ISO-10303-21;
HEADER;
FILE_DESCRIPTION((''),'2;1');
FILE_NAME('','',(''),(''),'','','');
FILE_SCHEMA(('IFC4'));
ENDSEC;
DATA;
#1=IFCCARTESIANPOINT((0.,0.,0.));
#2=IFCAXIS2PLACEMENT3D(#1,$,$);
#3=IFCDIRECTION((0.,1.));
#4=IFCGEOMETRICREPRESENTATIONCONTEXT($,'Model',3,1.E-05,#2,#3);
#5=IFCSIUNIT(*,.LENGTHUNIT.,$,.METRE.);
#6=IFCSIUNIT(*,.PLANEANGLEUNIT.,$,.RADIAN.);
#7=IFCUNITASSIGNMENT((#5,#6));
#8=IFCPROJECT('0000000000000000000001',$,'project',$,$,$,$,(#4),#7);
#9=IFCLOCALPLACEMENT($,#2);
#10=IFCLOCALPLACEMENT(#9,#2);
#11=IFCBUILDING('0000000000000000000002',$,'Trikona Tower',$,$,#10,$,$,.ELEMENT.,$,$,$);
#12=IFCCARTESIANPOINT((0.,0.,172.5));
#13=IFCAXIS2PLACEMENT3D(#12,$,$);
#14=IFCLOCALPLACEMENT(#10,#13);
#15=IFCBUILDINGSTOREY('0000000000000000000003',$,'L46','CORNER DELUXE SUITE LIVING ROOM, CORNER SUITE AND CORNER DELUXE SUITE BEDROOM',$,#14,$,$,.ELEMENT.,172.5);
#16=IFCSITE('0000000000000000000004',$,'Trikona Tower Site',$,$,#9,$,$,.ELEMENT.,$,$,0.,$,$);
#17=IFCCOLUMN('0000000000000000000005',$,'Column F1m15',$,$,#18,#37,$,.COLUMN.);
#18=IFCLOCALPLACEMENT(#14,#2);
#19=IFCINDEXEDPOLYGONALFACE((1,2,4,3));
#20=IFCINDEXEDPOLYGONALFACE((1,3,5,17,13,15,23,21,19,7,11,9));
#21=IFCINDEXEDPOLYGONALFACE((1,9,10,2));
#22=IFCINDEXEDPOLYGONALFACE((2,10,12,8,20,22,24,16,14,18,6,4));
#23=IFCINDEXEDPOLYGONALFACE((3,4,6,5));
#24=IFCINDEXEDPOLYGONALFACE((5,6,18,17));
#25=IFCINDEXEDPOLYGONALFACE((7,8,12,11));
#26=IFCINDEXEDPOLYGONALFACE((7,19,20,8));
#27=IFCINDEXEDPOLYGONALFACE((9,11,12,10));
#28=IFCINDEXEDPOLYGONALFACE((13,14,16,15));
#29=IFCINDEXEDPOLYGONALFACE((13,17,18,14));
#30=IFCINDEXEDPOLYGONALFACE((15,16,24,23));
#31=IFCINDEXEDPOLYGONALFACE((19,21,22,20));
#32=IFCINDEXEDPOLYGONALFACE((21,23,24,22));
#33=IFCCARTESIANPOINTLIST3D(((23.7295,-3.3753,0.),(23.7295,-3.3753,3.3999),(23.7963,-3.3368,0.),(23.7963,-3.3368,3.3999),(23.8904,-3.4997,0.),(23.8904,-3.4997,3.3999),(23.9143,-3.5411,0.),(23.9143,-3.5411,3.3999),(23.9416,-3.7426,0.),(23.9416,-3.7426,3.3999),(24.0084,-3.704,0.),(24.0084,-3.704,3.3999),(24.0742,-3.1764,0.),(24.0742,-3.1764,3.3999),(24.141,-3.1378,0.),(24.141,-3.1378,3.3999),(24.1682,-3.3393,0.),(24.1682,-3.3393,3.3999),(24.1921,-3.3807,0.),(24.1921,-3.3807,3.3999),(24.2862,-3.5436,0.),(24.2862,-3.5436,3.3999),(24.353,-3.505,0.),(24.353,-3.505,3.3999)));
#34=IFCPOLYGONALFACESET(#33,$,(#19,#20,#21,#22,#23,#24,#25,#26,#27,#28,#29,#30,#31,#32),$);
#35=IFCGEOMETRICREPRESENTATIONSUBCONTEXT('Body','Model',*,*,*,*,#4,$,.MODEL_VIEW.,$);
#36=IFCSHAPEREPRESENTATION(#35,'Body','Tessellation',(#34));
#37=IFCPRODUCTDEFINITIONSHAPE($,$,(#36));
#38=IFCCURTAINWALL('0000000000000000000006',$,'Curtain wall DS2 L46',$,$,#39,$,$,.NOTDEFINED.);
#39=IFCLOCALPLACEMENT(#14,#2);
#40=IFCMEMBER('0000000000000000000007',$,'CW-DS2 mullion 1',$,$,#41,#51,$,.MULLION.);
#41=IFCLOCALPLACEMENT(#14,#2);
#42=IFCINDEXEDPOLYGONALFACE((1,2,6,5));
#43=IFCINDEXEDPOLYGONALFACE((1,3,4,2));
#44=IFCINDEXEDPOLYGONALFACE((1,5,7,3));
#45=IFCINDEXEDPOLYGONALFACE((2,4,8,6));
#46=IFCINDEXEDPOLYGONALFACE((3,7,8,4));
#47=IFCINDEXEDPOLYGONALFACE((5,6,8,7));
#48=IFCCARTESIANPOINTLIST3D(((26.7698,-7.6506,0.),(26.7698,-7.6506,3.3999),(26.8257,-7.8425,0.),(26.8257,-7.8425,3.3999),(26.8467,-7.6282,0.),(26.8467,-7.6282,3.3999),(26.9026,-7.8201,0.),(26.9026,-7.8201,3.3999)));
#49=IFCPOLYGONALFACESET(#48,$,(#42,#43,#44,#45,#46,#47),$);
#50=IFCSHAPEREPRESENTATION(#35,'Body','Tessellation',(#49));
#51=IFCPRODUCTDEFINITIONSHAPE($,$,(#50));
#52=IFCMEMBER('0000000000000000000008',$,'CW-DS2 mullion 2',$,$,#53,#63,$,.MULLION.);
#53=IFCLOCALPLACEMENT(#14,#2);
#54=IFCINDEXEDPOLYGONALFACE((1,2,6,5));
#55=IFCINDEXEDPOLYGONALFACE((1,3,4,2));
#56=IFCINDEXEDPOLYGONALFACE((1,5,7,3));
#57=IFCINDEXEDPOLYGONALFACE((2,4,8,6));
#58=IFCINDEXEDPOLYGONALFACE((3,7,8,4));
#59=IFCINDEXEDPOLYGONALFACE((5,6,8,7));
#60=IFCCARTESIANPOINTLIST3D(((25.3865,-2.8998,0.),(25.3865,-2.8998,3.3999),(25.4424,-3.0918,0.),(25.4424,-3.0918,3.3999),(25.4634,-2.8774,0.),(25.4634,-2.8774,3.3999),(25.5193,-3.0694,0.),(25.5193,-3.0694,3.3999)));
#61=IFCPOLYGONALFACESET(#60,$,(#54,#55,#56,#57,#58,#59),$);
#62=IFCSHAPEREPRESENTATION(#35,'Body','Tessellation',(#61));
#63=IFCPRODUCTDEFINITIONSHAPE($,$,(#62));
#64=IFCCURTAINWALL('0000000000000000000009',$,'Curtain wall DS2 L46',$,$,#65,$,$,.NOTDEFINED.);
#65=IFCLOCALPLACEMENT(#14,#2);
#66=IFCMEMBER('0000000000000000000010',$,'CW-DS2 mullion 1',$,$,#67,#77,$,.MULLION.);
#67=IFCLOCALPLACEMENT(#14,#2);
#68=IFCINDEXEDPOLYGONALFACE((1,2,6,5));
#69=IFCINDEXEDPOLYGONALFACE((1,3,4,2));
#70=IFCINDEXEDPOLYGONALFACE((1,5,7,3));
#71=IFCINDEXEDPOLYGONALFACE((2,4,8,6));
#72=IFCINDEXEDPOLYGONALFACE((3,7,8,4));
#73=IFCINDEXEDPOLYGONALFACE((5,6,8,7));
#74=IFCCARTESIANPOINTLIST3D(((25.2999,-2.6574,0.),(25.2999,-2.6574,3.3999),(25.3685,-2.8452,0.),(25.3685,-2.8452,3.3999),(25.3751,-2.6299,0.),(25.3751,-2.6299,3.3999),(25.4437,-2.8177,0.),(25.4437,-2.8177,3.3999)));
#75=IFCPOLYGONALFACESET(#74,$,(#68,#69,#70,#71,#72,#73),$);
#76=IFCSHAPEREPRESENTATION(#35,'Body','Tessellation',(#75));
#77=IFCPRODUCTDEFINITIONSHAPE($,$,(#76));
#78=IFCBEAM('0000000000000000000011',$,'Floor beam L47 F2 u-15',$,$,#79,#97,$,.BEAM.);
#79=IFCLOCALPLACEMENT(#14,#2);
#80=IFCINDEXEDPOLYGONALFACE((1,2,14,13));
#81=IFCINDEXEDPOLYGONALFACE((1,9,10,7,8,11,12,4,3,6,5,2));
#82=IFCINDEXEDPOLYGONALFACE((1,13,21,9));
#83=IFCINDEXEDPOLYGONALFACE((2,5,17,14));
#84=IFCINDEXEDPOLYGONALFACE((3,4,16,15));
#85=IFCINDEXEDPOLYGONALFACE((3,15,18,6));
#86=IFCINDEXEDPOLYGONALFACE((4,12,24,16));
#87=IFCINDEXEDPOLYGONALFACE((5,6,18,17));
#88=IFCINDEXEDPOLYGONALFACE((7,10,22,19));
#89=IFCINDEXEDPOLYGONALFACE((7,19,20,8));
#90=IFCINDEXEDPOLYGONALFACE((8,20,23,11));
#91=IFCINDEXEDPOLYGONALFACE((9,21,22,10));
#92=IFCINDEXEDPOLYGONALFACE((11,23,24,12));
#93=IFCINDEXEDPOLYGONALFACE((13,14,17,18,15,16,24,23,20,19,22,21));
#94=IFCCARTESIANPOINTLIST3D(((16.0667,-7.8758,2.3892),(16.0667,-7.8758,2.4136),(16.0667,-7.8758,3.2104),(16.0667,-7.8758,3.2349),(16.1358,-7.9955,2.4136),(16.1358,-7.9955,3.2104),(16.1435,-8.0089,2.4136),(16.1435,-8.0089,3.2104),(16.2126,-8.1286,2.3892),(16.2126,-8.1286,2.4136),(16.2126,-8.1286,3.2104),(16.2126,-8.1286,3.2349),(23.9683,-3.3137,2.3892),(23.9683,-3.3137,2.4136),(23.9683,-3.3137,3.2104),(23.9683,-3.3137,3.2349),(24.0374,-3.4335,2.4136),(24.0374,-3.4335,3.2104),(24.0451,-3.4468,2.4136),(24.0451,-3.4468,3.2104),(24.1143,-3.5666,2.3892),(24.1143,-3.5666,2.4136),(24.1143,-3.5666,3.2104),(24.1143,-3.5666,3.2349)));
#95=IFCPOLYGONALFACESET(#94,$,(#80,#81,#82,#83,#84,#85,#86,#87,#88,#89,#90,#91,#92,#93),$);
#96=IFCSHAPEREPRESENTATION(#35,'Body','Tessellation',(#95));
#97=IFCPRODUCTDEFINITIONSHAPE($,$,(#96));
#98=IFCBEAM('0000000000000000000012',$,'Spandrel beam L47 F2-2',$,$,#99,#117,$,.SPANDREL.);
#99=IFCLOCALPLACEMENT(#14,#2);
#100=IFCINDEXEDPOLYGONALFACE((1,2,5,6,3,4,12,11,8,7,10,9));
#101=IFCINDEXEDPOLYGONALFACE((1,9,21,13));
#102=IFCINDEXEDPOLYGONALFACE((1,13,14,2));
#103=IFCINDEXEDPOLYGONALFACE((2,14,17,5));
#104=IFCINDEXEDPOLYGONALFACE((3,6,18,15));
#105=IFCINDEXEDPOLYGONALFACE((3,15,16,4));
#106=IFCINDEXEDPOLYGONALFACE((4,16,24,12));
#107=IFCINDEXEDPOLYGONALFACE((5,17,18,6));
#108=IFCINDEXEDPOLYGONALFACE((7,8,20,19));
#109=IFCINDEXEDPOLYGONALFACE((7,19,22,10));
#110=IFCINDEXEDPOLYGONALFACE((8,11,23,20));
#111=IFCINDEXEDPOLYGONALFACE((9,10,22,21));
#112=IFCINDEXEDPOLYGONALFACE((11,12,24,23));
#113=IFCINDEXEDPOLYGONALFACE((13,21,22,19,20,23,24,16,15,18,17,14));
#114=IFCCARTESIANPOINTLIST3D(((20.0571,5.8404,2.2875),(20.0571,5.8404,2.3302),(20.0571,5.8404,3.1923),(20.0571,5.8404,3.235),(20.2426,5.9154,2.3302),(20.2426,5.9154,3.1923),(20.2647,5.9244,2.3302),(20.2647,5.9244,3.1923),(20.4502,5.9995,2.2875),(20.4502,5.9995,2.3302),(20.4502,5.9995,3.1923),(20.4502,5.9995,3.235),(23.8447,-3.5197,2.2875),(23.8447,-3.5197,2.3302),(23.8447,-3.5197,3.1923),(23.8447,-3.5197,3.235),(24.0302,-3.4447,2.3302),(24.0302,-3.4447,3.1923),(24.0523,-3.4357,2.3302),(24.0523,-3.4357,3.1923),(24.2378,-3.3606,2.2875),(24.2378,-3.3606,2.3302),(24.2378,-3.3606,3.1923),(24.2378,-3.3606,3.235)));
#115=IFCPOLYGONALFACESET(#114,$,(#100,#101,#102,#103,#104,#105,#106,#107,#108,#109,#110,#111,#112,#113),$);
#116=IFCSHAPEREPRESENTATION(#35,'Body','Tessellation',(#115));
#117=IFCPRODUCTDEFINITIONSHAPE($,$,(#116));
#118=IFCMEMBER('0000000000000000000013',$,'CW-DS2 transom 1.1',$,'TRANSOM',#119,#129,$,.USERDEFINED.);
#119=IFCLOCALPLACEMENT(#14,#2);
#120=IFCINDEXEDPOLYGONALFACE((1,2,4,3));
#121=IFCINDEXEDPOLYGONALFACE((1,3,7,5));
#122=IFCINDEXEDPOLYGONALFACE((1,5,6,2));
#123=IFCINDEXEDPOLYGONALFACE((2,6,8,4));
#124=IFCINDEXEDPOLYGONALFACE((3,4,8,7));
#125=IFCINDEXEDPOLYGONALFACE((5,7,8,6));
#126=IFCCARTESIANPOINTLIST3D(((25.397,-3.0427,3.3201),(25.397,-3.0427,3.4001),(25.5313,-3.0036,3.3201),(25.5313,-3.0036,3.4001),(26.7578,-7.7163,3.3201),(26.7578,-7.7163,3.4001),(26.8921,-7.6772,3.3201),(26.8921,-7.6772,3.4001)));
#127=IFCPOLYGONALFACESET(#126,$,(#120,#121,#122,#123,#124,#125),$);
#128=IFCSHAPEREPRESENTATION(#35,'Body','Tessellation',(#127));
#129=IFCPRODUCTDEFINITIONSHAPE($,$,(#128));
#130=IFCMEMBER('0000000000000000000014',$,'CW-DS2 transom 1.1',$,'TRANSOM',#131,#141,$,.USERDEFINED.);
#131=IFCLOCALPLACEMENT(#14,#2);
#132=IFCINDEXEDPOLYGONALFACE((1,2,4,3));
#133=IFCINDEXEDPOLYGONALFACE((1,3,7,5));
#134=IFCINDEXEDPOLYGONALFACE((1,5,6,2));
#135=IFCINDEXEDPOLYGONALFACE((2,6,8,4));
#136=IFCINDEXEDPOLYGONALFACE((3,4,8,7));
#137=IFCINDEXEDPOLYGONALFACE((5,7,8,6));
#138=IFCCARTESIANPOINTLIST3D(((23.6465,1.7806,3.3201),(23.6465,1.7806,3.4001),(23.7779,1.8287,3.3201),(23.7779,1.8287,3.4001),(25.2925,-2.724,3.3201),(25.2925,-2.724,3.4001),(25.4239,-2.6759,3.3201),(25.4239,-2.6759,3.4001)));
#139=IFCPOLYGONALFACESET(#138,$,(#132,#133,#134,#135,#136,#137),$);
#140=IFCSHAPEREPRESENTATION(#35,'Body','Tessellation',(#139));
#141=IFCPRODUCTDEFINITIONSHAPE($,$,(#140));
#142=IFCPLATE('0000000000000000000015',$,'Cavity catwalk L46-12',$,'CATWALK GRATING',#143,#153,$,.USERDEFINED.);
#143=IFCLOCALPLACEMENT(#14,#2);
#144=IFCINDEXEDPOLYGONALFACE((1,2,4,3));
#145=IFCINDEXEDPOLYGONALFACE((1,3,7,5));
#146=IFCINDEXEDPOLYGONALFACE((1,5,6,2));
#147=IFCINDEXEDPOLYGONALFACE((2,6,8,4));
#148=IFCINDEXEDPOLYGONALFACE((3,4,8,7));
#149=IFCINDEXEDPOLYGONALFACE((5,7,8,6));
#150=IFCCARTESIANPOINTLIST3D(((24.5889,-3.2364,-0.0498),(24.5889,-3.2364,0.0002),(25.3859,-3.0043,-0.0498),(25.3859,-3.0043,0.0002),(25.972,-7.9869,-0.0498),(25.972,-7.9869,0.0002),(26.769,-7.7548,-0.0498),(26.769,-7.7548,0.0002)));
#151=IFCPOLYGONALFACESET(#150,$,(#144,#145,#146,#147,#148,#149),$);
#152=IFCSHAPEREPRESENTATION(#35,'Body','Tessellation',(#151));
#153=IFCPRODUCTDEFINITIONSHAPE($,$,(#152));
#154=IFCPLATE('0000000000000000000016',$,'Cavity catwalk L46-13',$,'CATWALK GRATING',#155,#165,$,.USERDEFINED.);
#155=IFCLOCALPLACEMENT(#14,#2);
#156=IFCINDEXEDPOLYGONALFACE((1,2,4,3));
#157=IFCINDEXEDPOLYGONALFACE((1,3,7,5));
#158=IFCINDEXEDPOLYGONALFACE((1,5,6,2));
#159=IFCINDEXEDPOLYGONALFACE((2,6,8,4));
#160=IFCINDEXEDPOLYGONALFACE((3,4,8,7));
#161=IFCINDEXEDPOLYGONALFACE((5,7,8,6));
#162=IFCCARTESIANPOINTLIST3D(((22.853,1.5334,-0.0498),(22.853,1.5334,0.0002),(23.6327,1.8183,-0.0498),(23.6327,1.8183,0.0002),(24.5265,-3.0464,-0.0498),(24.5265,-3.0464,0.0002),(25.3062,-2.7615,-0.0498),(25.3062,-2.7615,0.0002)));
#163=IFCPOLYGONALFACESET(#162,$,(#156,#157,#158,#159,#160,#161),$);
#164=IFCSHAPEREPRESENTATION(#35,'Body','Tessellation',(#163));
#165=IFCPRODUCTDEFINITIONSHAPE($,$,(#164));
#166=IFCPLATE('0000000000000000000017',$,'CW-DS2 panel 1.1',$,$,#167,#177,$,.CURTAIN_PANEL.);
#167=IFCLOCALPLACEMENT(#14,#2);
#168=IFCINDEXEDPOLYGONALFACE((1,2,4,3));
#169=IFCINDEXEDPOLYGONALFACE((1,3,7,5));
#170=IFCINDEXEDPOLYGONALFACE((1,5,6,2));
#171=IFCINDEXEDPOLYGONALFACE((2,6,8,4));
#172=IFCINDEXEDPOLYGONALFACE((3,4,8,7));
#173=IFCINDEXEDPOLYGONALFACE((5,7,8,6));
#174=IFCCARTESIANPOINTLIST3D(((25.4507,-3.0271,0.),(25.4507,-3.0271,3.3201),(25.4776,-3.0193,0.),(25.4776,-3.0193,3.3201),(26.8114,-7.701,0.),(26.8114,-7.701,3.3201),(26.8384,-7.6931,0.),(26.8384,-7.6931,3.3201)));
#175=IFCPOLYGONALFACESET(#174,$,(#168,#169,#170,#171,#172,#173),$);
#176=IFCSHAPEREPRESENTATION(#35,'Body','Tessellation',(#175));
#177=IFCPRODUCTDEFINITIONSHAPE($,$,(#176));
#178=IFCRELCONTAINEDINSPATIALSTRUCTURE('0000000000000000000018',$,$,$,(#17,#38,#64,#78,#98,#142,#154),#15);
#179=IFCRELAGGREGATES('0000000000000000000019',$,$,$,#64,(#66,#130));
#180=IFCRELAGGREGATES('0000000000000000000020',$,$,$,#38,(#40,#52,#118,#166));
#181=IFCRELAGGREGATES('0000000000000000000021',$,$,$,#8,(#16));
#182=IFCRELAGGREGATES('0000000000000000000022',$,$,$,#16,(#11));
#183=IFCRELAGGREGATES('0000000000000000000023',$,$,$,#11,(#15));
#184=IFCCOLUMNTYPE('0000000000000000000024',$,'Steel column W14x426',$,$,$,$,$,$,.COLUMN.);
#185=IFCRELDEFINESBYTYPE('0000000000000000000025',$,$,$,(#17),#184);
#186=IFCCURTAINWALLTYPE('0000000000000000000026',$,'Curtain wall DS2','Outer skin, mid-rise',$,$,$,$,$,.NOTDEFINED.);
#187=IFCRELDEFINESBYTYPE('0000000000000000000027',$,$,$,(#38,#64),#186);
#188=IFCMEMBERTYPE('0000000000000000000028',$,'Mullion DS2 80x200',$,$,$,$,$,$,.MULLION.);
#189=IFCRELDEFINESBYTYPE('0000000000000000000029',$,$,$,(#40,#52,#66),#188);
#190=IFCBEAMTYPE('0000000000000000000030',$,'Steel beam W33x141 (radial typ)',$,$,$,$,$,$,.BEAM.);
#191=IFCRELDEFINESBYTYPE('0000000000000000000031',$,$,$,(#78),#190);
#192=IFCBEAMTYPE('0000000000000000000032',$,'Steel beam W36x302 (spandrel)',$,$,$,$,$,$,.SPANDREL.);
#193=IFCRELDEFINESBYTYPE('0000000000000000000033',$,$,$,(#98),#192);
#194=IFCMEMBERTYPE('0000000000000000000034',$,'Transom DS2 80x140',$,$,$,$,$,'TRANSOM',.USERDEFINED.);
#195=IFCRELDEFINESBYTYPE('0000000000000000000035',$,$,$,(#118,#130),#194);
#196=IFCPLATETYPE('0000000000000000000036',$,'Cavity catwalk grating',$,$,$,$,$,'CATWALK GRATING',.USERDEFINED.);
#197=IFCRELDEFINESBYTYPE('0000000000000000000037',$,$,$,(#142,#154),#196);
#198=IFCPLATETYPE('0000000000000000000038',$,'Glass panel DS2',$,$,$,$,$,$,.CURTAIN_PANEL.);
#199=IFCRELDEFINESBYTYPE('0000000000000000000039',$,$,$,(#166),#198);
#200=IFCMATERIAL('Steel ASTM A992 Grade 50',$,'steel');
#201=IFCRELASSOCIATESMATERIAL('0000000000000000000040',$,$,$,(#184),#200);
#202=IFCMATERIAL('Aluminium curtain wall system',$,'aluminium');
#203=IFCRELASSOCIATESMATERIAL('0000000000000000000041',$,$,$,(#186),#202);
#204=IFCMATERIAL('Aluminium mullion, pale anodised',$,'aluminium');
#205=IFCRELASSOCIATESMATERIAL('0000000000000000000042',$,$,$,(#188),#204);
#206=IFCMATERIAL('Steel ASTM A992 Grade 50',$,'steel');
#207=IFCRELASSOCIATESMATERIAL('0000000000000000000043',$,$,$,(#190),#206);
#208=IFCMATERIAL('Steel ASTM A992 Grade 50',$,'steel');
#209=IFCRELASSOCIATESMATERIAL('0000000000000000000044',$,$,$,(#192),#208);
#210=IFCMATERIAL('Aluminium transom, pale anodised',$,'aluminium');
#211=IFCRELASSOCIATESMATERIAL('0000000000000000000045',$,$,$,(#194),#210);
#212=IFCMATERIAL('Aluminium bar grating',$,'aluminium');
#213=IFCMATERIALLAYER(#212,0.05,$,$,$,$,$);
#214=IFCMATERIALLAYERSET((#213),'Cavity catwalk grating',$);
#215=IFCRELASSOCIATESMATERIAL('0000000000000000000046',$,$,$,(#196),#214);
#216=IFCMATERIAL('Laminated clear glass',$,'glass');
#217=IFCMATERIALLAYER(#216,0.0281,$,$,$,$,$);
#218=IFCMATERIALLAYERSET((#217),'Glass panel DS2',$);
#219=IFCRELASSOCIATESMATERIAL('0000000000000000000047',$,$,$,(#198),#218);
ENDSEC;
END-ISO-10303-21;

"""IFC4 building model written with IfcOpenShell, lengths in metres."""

from ifc_helpers import new_model, si_unit, direction, frame, origin, origin_2d, place, context, subcontext, project, spatial, rectangle, i_section, extrude, material, layer, layer_set, material_profile, profile_set, type_object, element, aggregate, save


model = new_model("IFC4")

# Units and contexts
model_context = context("Model", 3, precision=1e-05, world=origin(), true_north=direction((0.0, 1.0)))
body_context = subcontext(model_context, "Body", "Model", "MODEL_VIEW")
ifc_project = project(units=[si_unit("LENGTHUNIT", "METRE"), si_unit("PLANEANGLEUNIT", "RADIAN")], contexts=[model_context])

# Site, building, storey
site_placement = place(None, origin())
site = spatial("IfcSite", under=ifc_project, at=site_placement, Name="Trikona Tower Site", CompositionType="ELEMENT", RefElevation=0.0)
building_placement = place(site_placement, origin())
building = spatial("IfcBuilding", under=site, at=building_placement, Name="Trikona Tower", CompositionType="ELEMENT")
storey_placement = place(building_placement, frame((0.0, 0.0, 172.5)))
storey = spatial("IfcBuildingStorey", under=building, at=storey_placement, Name="L46", Description="CORNER DELUXE SUITE LIVING ROOM, CORNER SUITE AND CORNER DELUXE SUITE BEDROOM", CompositionType="ELEMENT", Elevation=172.5)

# Column
ifc_material_1 = material(Name="Steel ASTM A992 Grade 50", Category="steel")
ifc_material_profile_1 = material_profile(ifc_material_1, i_section(OverallWidth=0.4241, OverallDepth=0.4751, WebThickness=0.0479, FlangeThickness=0.0771, at=origin_2d()), Name="W14X426")
ifc_profile_set_1 = profile_set([ifc_material_profile_1], Name="Steel ASTM A992 Grade 50")
column_type = type_object("IfcColumnType", Name="Steel column W14x426", PredefinedType="COLUMN", material=ifc_profile_set_1)
column_placement = place(storey_placement, frame((24.0413, -3.4402, 0.0), z_axis=(0.0, 0.0, 1.0), x_axis=(-0.5, 0.866025, 0.0)))
element("IfcColumn", 1, at=column_placement, inside=storey, type_object=column_type, Name="Column F1m15", PredefinedType="COLUMN", context=body_context, shape_type="SweptSolid", body=[
    extrude(i_section(OverallWidth=0.4241, OverallDepth=0.4751, WebThickness=0.0479, FlangeThickness=0.0771, at=origin_2d()), origin(), (0.0, 0.0, 1.0), 3.3999),
])

# Curtain wall, members
ifc_material_2 = material(Name="Aluminium curtain wall system", Category="aluminium")
curtain_wall_type = type_object("IfcCurtainWallType", Name="Curtain wall DS2", Description="Outer skin, mid-rise", PredefinedType="NOTDEFINED", material=ifc_material_2)
curtain_wall_1_placement = place(storey_placement, origin())
curtain_wall_1 = element("IfcCurtainWall", 2, at=curtain_wall_1_placement, inside=storey, type_object=curtain_wall_type, Name="Curtain wall DS2 L46", PredefinedType="NOTDEFINED")
ifc_material_3 = material(Name="Aluminium mullion, pale anodised", Category="aluminium")
ifc_material_profile_2 = material_profile(ifc_material_3, rectangle(XDim=0.0801, YDim=0.2, at=origin_2d()), Name="MUL-DS2")
ifc_profile_set_2 = profile_set([ifc_material_profile_2], Name="Aluminium mullion, pale anodised")
member_type_1 = type_object("IfcMemberType", Name="Mullion DS2 80x200", PredefinedType="MULLION", material=ifc_profile_set_2)
member_1_placement = place(storey_placement, frame((26.8362, -7.7354, 0.0), z_axis=(0.0, 0.0, 1.0), x_axis=(-0.960133, -0.279543, 0.0)))
member_1 = element("IfcMember", 3, at=member_1_placement, type_object=member_type_1, Name="CW-DS2 mullion 1", PredefinedType="MULLION", context=body_context, shape_type="SweptSolid", body=[
    extrude(rectangle(XDim=0.0801, YDim=0.2, at=origin_2d()), origin(), (0.0, 0.0, 1.0), 3.3999),
])
member_2_placement = place(storey_placement, frame((25.4529, -2.9846, 0.0), z_axis=(0.0, 0.0, 1.0), x_axis=(-0.960133, -0.279543, 0.0)))
member_2 = element("IfcMember", 4, at=member_2_placement, type_object=member_type_1, Name="CW-DS2 mullion 2", PredefinedType="MULLION", context=body_context, shape_type="SweptSolid", body=[
    extrude(rectangle(XDim=0.0801, YDim=0.2, at=origin_2d()), origin(), (0.0, 0.0, 1.0), 3.3999),
])

# Curtain wall, member
curtain_wall_2_placement = place(storey_placement, origin())
curtain_wall_2 = element("IfcCurtainWall", 5, at=curtain_wall_2_placement, inside=storey, type_object=curtain_wall_type, Name="Curtain wall DS2 L46", PredefinedType="NOTDEFINED")
member_3_placement = place(storey_placement, frame((25.3718, -2.7375, 0.0), z_axis=(0.0, 0.0, 1.0), x_axis=(-0.939254, -0.343223, 0.0)))
member_3 = element("IfcMember", 6, at=member_3_placement, type_object=member_type_1, Name="CW-DS2 mullion 1", PredefinedType="MULLION", context=body_context, shape_type="SweptSolid", body=[
    extrude(rectangle(XDim=0.0801, YDim=0.2, at=origin_2d()), origin(), (0.0, 0.0, 1.0), 3.3999),
])

# Beams
ifc_material_4 = material(Name="Steel ASTM A992 Grade 50", Category="steel")
ifc_material_profile_3 = material_profile(ifc_material_4, i_section(OverallWidth=0.292, OverallDepth=0.8457, WebThickness=0.0154, FlangeThickness=0.0244, at=origin_2d()), Name="W33X141")
ifc_profile_set_3 = profile_set([ifc_material_profile_3], Name="Steel ASTM A992 Grade 50")
beam_type_1 = type_object("IfcBeamType", Name="Steel beam W33x141 (radial typ)", PredefinedType="BEAM", material=ifc_profile_set_3)
beam_1_placement = place(storey_placement, frame((16.1396, -8.0022, 2.812), z_axis=(0.866025, 0.500001, 0.0), x_axis=(-0.500001, 0.866025, 0.0)))
element("IfcBeam", 7, at=beam_1_placement, inside=storey, type_object=beam_type_1, Name="Floor beam L47 F2 u-15", PredefinedType="BEAM", context=body_context, shape_type="SweptSolid", body=[
    extrude(i_section(OverallWidth=0.292, OverallDepth=0.8457, WebThickness=0.0154, FlangeThickness=0.0244, at=origin_2d()), origin(), (0.0, 0.0, 1.0), 9.124),
])
ifc_material_5 = material(Name="Steel ASTM A992 Grade 50", Category="steel")
ifc_material_profile_4 = material_profile(ifc_material_5, i_section(OverallWidth=0.4241, OverallDepth=0.9475, WebThickness=0.0239, FlangeThickness=0.0427, at=origin_2d()), Name="W36X302")
ifc_profile_set_4 = profile_set([ifc_material_profile_4], Name="Steel ASTM A992 Grade 50")
beam_type_2 = type_object("IfcBeamType", Name="Steel beam W36x302 (spandrel)", PredefinedType="SPANDREL", material=ifc_profile_set_4)
beam_2_placement = place(storey_placement, frame((24.0413, -3.4402, 2.7612), z_axis=(-0.375106, 0.926982, 0.0), x_axis=(-0.926982, -0.375106, 0.0)))
element("IfcBeam", 8, at=beam_2_placement, inside=storey, type_object=beam_type_2, Name="Spandrel beam L47 F2-2", PredefinedType="SPANDREL", context=body_context, shape_type="SweptSolid", body=[
    extrude(i_section(OverallWidth=0.4241, OverallDepth=0.9475, WebThickness=0.0239, FlangeThickness=0.0427, at=origin_2d()), origin(), (0.0, 0.0, 1.0), 10.0974),
])

# Members
ifc_material_6 = material(Name="Aluminium transom, pale anodised", Category="aluminium")
ifc_material_profile_5 = material_profile(ifc_material_6, rectangle(XDim=0.1399, YDim=0.0801, at=origin_2d()), Name="TRN-DS2")
ifc_profile_set_5 = profile_set([ifc_material_profile_5], Name="Aluminium transom, pale anodised")
member_type_2 = type_object("IfcMemberType", Name="Transom DS2 80x140", ElementType="TRANSOM", PredefinedType="USERDEFINED", material=ifc_profile_set_5)
member_4_placement = place(storey_placement, frame((26.825, -7.6968, 3.3601), z_axis=(-0.279567, 0.960126, 0.0), x_axis=(-0.960126, -0.279567, 0.0)))
member_4 = element("IfcMember", 9, at=member_4_placement, type_object=member_type_2, Name="CW-DS2 transom 1.1", ObjectType="TRANSOM", PredefinedType="USERDEFINED", context=body_context, shape_type="SweptSolid", body=[
    extrude(rectangle(XDim=0.1399, YDim=0.0801, at=origin_2d()), origin(), (0.0, 0.0, 1.0), 4.8677),
])
member_5_placement = place(storey_placement, frame((25.3582, -2.7, 3.3601), z_axis=(-0.343206, 0.93926, 0.0), x_axis=(-0.93926, -0.343206, 0.0)))
member_5 = element("IfcMember", 10, at=member_5_placement, type_object=member_type_2, Name="CW-DS2 transom 1.1", ObjectType="TRANSOM", PredefinedType="USERDEFINED", context=body_context, shape_type="SweptSolid", body=[
    extrude(rectangle(XDim=0.1399, YDim=0.0801, at=origin_2d()), origin(), (0.0, 0.0, 1.0), 4.7959),
])
aggregate(curtain_wall_2, [member_3, member_5])

# Plates
ifc_material_7 = material(Name="Aluminium bar grating", Category="aluminium")
ifc_layer_1 = layer(ifc_material_7, 0.05)
ifc_layer_set_1 = layer_set([ifc_layer_1], Name="Cavity catwalk grating")
plate_type_1 = type_object("IfcPlateType", Name="Cavity catwalk grating", ElementType="CATWALK GRATING", PredefinedType="USERDEFINED", material=ifc_layer_set_1)
plate_1_placement = place(storey_placement, frame((25.679, -5.4956, -0.0498), z_axis=(0.0, 0.0, 1.0), x_axis=(-0.279554, 0.96013, 0.0)))
element("IfcPlate", 11, at=plate_1_placement, inside=storey, type_object=plate_type_1, Name="Cavity catwalk L46-12", ObjectType="CATWALK GRATING", PredefinedType="USERDEFINED", context=body_context, shape_type="SweptSolid", body=[
    extrude(rectangle(XDim=4.9478, YDim=0.8301, at=origin_2d()), origin(), (0.0, 0.0, 1.0), 0.05),
])
plate_2_placement = place(storey_placement, frame((24.0796, -0.614, -0.0498), z_axis=(0.0, 0.0, 1.0), x_axis=(-0.34322, 0.939255, 0.0)))
element("IfcPlate", 12, at=plate_2_placement, inside=storey, type_object=plate_type_1, Name="Cavity catwalk L46-13", ObjectType="CATWALK GRATING", PredefinedType="USERDEFINED", context=body_context, shape_type="SweptSolid", body=[
    extrude(rectangle(XDim=4.876, YDim=0.8301, at=origin_2d()), origin(), (0.0, 0.0, 1.0), 0.05),
])

# Plate
ifc_material_8 = material(Name="Laminated clear glass", Category="glass")
ifc_layer_2 = layer(ifc_material_8, 0.0281)
ifc_layer_set_2 = layer_set([ifc_layer_2], Name="Glass panel DS2")
plate_type_2 = type_object("IfcPlateType", Name="Glass panel DS2", PredefinedType="CURTAIN_PANEL", material=ifc_layer_set_2)
plate_3_placement = place(storey_placement, frame((26.1445, -5.3601, 0.0), z_axis=(0.0, 0.0, 1.0), x_axis=(-0.279543, 0.960133, 0.0)))
plate_3 = element("IfcPlate", 13, at=plate_3_placement, type_object=plate_type_2, Name="CW-DS2 panel 1.1", PredefinedType="CURTAIN_PANEL", context=body_context, shape_type="SweptSolid", body=[
    extrude(rectangle(XDim=4.8679, YDim=0.0281, at=origin_2d()), origin(), (0.0, 0.0, 1.0), 3.3201),
])
aggregate(curtain_wall_1, [member_1, member_2, member_4, plate_3])

save(model, "model.ifc")
